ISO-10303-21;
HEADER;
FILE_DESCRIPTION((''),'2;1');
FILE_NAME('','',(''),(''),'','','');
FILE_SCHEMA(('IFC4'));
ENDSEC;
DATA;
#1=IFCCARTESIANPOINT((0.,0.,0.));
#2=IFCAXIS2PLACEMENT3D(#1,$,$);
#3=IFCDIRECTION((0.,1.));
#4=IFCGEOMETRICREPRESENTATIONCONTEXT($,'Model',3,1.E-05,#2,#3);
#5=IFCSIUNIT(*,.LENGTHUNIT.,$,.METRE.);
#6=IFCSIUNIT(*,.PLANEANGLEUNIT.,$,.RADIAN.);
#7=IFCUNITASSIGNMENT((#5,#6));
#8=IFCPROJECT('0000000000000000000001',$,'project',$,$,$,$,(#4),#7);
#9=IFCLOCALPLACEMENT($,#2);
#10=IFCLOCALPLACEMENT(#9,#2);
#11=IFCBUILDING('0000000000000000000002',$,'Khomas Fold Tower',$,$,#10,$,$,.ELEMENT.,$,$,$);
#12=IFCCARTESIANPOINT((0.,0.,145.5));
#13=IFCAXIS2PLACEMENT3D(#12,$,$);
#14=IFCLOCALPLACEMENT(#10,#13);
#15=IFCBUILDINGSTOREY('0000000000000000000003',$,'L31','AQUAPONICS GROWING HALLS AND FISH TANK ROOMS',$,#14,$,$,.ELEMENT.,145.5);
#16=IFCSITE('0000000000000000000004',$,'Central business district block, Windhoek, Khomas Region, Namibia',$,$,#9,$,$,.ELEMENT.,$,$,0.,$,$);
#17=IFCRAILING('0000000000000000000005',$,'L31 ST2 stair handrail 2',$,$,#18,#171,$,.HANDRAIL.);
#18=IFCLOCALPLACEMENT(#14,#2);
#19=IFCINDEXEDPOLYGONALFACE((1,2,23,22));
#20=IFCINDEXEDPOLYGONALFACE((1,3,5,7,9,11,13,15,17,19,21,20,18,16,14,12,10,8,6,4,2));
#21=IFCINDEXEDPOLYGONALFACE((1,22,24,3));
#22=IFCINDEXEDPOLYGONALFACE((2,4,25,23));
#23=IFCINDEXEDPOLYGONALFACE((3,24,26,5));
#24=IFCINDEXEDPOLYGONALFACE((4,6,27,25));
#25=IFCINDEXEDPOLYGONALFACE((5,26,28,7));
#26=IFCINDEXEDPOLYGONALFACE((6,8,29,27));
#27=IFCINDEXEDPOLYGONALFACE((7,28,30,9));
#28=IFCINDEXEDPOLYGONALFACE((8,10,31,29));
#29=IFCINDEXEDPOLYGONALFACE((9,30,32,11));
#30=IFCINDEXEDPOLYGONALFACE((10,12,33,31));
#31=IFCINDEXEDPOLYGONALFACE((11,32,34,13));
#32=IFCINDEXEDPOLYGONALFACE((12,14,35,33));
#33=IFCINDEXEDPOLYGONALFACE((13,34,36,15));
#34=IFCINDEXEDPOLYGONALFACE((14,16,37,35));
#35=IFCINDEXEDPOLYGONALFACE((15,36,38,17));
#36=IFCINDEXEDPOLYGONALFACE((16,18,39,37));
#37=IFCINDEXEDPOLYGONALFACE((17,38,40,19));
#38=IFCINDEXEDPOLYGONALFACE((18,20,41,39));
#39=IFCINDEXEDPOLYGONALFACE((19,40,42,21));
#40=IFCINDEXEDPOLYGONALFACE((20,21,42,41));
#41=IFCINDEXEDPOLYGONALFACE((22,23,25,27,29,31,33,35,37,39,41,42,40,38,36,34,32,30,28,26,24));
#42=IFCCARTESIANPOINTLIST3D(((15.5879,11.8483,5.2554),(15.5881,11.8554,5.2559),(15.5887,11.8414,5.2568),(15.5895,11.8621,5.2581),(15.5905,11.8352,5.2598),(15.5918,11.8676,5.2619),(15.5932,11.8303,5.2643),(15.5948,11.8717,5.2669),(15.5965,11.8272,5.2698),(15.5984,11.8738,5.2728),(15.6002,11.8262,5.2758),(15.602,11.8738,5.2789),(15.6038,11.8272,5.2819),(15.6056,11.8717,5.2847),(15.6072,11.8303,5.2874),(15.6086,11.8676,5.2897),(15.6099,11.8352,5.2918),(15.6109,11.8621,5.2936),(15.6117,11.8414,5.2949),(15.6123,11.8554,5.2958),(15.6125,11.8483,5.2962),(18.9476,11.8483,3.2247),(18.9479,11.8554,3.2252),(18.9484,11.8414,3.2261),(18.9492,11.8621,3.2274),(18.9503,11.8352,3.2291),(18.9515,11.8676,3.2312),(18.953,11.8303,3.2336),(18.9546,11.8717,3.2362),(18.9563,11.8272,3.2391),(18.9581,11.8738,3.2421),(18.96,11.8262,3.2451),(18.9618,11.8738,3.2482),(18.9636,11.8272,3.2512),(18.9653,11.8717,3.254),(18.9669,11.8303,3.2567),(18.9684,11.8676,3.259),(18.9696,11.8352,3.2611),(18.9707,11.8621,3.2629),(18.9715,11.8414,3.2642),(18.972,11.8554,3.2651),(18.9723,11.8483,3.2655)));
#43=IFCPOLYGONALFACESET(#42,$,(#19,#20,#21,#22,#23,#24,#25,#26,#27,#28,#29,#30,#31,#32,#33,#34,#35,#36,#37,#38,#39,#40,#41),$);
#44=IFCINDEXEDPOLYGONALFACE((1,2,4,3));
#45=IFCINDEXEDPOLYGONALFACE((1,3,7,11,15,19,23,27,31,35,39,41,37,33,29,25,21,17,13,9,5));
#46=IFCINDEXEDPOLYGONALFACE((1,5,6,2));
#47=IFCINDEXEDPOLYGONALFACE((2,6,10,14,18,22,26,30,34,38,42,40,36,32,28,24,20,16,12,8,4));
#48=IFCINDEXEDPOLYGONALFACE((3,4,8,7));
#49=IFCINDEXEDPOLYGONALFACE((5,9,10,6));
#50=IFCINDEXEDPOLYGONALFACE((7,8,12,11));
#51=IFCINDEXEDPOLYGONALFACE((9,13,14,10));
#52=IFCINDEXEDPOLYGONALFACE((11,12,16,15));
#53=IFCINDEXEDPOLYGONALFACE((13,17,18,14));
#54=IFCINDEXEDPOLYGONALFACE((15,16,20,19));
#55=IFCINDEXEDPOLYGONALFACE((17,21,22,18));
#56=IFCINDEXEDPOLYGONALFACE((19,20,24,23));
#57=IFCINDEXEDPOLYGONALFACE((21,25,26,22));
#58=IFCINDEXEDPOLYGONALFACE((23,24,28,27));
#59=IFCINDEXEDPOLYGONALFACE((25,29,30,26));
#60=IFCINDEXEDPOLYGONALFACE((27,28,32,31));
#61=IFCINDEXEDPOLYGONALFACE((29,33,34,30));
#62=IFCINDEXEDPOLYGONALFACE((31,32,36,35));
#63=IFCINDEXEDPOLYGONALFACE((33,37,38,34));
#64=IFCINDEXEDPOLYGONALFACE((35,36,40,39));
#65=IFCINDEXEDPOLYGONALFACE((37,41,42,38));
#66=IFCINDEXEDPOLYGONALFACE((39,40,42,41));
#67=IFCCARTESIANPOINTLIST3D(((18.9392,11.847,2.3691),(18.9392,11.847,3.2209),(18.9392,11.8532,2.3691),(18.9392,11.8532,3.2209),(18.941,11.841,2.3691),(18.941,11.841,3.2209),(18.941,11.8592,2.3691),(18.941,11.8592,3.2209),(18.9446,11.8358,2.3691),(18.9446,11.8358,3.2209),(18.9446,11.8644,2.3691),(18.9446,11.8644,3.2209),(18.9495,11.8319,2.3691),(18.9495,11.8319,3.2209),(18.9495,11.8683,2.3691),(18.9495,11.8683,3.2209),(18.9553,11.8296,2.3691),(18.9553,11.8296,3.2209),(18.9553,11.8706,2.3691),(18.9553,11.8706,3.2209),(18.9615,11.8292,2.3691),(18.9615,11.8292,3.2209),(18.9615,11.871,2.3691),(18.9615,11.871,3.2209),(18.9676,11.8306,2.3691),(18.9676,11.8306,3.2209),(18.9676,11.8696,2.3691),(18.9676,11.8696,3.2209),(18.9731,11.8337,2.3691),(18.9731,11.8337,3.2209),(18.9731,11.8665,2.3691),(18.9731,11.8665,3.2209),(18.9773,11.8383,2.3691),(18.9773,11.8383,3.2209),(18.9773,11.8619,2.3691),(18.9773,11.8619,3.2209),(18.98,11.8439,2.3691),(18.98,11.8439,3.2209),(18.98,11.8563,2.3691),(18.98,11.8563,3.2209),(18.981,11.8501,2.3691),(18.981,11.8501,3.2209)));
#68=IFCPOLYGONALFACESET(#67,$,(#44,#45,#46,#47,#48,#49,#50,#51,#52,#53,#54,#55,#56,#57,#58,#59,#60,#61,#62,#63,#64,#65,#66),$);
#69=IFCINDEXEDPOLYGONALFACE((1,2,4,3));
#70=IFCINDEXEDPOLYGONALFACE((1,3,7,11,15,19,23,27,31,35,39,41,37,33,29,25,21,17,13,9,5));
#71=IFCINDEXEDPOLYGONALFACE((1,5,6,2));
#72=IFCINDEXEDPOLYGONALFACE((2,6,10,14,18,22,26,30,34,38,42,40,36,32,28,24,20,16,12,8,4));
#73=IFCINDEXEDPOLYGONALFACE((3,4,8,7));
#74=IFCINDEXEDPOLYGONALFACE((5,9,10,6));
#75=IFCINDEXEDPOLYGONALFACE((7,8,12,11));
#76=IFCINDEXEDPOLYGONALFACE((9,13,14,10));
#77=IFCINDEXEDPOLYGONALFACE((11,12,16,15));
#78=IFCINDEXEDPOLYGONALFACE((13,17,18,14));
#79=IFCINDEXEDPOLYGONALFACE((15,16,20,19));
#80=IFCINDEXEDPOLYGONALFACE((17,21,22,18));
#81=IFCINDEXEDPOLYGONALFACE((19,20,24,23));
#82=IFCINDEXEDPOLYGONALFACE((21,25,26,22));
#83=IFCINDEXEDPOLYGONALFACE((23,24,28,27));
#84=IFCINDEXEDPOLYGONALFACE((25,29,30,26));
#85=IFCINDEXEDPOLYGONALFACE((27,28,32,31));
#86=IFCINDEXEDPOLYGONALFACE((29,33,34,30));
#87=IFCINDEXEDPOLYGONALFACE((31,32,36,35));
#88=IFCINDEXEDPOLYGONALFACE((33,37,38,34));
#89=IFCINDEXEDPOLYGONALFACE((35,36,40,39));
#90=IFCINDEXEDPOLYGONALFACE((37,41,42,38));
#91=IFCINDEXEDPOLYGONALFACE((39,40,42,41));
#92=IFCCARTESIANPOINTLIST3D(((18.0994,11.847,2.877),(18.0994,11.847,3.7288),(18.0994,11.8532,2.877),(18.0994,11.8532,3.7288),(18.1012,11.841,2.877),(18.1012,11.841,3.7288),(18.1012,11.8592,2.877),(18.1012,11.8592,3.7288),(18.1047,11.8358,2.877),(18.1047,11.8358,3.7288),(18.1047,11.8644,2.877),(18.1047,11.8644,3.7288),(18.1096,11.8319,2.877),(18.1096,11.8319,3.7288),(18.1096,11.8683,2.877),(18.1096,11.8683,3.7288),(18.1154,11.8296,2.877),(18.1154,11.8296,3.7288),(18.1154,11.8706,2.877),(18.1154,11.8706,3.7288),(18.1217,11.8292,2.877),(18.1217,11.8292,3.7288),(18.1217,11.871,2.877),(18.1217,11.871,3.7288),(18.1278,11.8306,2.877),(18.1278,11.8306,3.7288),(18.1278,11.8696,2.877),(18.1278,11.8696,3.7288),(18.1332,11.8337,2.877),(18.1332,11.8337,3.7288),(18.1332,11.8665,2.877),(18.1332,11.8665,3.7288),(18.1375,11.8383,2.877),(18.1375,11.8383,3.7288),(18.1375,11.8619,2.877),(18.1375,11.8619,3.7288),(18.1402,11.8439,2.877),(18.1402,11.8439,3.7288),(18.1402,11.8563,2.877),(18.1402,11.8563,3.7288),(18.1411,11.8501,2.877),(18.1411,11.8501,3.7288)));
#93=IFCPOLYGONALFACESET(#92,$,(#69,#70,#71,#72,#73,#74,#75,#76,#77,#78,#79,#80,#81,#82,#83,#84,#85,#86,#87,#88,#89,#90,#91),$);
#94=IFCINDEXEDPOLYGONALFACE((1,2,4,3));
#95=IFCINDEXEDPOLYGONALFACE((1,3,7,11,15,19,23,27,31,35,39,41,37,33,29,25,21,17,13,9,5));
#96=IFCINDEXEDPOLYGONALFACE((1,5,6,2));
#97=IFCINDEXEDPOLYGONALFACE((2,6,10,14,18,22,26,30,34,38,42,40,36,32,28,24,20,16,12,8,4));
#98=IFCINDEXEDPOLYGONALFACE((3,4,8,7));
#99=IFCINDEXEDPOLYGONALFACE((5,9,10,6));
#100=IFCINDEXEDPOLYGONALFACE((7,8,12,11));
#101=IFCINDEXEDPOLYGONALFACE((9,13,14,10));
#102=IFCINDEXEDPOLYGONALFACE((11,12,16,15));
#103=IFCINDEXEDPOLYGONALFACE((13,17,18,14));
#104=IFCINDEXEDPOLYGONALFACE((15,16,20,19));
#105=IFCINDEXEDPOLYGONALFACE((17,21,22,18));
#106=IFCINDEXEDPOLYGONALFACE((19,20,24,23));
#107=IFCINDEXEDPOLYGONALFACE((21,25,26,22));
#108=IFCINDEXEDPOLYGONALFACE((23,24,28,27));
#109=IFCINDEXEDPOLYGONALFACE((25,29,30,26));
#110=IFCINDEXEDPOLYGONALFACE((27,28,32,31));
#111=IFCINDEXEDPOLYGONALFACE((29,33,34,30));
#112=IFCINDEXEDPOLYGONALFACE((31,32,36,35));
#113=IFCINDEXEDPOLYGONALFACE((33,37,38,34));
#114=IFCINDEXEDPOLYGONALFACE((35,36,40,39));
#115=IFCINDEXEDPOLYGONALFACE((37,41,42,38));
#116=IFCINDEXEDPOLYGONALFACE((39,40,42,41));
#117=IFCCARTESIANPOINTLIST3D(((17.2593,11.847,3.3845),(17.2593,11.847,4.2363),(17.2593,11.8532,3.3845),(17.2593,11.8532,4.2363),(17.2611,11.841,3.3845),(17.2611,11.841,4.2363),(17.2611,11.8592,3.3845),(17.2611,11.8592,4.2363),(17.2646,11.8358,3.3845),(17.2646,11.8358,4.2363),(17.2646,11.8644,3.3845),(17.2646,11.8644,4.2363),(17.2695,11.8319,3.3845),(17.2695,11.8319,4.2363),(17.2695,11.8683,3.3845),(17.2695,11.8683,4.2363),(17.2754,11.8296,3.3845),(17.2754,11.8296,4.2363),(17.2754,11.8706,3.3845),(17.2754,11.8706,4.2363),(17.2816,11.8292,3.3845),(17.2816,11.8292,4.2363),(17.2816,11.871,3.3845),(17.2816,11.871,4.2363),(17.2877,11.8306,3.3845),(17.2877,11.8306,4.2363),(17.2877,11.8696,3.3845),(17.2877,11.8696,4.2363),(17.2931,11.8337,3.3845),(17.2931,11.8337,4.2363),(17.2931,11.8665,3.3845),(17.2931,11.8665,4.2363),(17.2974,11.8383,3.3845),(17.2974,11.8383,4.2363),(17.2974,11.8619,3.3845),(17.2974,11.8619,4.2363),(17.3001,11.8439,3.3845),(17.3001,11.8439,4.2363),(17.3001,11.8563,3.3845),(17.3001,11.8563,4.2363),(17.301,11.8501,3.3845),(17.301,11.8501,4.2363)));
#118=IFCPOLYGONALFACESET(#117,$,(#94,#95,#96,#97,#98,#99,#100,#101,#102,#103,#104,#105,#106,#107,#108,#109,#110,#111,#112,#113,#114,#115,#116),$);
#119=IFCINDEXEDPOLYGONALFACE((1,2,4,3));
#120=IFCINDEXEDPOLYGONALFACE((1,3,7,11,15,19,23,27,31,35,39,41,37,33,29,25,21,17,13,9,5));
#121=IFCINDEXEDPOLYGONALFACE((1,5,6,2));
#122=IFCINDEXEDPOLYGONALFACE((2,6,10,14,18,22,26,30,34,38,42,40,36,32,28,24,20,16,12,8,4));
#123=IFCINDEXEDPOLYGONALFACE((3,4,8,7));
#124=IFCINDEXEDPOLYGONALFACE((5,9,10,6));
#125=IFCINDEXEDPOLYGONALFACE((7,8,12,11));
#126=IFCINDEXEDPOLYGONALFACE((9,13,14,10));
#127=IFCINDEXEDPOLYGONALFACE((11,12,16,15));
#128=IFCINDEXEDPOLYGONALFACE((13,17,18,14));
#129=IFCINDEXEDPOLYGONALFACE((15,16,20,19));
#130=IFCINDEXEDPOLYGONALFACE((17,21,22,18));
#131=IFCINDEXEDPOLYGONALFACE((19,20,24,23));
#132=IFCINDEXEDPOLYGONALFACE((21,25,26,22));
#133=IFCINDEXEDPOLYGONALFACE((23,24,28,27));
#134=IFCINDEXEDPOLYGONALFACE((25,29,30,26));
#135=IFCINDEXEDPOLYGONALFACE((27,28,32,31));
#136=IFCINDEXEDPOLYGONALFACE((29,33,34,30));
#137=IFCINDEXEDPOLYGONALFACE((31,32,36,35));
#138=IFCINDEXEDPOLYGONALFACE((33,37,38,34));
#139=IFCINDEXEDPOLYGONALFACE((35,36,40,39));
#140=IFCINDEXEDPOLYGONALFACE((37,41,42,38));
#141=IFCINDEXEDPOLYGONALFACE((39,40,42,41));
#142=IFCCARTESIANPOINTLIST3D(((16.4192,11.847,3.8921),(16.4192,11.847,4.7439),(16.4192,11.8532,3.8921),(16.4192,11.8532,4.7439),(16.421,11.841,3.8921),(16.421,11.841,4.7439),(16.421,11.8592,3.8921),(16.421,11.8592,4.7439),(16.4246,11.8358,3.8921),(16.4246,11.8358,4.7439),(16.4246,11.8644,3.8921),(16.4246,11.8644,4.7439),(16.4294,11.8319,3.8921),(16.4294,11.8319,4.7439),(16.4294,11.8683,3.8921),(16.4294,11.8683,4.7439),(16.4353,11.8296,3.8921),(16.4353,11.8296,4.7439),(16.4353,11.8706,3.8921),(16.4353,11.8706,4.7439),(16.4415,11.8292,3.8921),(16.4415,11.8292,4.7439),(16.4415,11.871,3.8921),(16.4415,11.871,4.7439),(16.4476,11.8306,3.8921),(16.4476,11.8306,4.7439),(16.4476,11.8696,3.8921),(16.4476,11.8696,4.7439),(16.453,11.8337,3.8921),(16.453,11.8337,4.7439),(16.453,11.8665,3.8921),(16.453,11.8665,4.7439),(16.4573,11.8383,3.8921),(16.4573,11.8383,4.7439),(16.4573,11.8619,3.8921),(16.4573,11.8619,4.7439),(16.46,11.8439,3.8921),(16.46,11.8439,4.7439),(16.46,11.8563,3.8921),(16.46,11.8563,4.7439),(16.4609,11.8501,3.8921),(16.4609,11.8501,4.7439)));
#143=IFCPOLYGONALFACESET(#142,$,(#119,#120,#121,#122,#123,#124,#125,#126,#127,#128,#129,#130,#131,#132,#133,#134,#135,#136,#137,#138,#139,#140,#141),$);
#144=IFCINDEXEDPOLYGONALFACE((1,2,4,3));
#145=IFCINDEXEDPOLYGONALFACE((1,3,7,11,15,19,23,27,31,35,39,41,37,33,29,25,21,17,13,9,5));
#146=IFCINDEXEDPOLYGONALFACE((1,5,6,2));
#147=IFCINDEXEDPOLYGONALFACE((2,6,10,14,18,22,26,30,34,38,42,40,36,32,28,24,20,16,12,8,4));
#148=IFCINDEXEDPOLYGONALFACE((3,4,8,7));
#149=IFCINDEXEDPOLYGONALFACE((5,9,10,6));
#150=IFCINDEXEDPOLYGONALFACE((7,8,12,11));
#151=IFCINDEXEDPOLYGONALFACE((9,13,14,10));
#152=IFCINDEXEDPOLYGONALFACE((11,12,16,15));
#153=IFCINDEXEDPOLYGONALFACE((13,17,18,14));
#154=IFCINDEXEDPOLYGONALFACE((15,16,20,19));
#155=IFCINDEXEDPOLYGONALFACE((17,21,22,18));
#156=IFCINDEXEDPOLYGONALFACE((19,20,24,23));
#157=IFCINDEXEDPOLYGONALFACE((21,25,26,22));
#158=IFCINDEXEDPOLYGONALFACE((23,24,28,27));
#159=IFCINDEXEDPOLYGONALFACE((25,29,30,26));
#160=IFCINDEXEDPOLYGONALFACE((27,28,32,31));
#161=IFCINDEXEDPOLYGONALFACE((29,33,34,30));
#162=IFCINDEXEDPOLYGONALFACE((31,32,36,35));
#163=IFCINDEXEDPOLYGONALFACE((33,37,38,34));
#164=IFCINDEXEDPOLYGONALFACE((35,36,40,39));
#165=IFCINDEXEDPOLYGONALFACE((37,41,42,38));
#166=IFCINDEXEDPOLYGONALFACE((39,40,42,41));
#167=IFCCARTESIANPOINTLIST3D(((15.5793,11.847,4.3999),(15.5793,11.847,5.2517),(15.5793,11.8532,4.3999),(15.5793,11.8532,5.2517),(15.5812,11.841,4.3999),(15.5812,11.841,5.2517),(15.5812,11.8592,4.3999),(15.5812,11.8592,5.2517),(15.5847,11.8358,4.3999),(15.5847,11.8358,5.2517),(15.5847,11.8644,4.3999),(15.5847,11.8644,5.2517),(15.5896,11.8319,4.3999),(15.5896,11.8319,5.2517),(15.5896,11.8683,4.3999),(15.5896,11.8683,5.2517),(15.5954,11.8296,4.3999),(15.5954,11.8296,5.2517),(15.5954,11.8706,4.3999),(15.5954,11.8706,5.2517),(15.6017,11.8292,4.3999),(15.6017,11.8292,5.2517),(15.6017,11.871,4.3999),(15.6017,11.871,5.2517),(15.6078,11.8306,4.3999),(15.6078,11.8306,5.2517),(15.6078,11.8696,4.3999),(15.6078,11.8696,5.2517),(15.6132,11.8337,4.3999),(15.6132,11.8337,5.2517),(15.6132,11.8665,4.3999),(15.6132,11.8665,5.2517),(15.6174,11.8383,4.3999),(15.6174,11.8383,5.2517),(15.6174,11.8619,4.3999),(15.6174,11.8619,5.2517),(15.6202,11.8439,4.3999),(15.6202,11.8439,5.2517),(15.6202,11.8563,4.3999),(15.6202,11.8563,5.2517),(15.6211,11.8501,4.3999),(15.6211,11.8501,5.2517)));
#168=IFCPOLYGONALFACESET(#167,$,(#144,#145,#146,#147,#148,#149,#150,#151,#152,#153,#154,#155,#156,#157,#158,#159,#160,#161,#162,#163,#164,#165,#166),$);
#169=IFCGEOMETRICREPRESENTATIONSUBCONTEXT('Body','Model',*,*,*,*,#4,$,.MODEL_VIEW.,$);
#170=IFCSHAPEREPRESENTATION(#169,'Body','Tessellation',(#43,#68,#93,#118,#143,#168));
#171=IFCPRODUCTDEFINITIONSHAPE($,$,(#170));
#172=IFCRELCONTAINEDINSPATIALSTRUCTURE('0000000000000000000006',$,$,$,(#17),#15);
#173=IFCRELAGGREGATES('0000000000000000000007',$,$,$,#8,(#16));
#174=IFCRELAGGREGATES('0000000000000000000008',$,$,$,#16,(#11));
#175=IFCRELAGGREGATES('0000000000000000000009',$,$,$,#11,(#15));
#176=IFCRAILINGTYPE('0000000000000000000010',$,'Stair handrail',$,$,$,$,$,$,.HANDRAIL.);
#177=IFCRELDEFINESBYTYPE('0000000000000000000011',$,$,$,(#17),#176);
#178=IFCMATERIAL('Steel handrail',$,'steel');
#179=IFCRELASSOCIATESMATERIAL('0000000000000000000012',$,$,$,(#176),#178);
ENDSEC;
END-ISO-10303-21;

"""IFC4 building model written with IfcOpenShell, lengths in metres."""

from ifc_helpers import new_model, si_unit, direction, frame, origin, origin_2d, place, context, subcontext, project, spatial, circle, extrude, source, transform, mapped, material, type_object, element, save


model = new_model("IFC4")

# Units and contexts
model_context = context("Model", 3, precision=1e-05, world=origin(), true_north=direction((0.0, 1.0)))
body_context = subcontext(model_context, "Body", "Model", "MODEL_VIEW")
ifc_project = project(units=[si_unit("LENGTHUNIT", "METRE"), si_unit("PLANEANGLEUNIT", "RADIAN")], contexts=[model_context])

# Site, building, storey
site_placement = place(None, origin())
site = spatial("IfcSite", under=ifc_project, at=site_placement, Name="Central business district block, Windhoek, Khomas Region, Namibia", CompositionType="ELEMENT", RefElevation=0.0)
building_placement = place(site_placement, origin())
building = spatial("IfcBuilding", under=site, at=building_placement, Name="Khomas Fold Tower", CompositionType="ELEMENT")
storey_placement = place(building_placement, frame((0.0, 0.0, 145.5)))
storey = spatial("IfcBuildingStorey", under=building, at=storey_placement, Name="L31", Description="AQUAPONICS GROWING HALLS AND FISH TANK ROOMS", CompositionType="ELEMENT", Elevation=145.5)

# Railing
ifc_material_1 = material(Name="Steel handrail", Category="steel")
railing_type_1 = type_object("IfcRailingType", Name="Stair handrail", PredefinedType="HANDRAIL", material=ifc_material_1)
shared_shape_1 = source(origin(), body_context, "Body", "SweptSolid", [
    extrude(circle(Radius=0.0239, at=origin_2d()), frame((0.0, 0.0, 0.876), z_axis=(-0.85582, 0.0, 0.517273), x_axis=(0.0, -1.0, 0.0)), (0.0, 0.0, 1.0), 3.9258),
    extrude(circle(Radius=0.021, at=origin_2d()), origin(), (0.0, 0.0, 1.0), 0.8518),
    extrude(circle(Radius=0.021, at=origin_2d()), frame((-0.8398, 0.0, 0.5078)), (0.0, 0.0, 1.0), 0.8518),
    extrude(circle(Radius=0.021, at=origin_2d()), frame((-1.6799, 0.0, 1.0154)), (0.0, 0.0, 1.0), 0.8518),
    extrude(circle(Radius=0.021, at=origin_2d()), frame((-2.52, 0.0, 1.5229)), (0.0, 0.0, 1.0), 0.8518),
    extrude(circle(Radius=0.021, at=origin_2d()), frame((-3.3599, 0.0, 2.0308)), (0.0, 0.0, 1.0), 0.8518),
])
railing_1_placement = place(storey_placement, frame((18.96, 11.8501, 2.3691)))
element("IfcRailing", 1, at=railing_1_placement, inside=storey, type_object=railing_type_1, Name="L31 ST2 stair handrail 2", PredefinedType="HANDRAIL", context=body_context, shape_type="MappedRepresentation", body=[
    mapped(shared_shape_1, transform((0.0, 0.0, 0.0))),
])

save(model, "model.ifc")
